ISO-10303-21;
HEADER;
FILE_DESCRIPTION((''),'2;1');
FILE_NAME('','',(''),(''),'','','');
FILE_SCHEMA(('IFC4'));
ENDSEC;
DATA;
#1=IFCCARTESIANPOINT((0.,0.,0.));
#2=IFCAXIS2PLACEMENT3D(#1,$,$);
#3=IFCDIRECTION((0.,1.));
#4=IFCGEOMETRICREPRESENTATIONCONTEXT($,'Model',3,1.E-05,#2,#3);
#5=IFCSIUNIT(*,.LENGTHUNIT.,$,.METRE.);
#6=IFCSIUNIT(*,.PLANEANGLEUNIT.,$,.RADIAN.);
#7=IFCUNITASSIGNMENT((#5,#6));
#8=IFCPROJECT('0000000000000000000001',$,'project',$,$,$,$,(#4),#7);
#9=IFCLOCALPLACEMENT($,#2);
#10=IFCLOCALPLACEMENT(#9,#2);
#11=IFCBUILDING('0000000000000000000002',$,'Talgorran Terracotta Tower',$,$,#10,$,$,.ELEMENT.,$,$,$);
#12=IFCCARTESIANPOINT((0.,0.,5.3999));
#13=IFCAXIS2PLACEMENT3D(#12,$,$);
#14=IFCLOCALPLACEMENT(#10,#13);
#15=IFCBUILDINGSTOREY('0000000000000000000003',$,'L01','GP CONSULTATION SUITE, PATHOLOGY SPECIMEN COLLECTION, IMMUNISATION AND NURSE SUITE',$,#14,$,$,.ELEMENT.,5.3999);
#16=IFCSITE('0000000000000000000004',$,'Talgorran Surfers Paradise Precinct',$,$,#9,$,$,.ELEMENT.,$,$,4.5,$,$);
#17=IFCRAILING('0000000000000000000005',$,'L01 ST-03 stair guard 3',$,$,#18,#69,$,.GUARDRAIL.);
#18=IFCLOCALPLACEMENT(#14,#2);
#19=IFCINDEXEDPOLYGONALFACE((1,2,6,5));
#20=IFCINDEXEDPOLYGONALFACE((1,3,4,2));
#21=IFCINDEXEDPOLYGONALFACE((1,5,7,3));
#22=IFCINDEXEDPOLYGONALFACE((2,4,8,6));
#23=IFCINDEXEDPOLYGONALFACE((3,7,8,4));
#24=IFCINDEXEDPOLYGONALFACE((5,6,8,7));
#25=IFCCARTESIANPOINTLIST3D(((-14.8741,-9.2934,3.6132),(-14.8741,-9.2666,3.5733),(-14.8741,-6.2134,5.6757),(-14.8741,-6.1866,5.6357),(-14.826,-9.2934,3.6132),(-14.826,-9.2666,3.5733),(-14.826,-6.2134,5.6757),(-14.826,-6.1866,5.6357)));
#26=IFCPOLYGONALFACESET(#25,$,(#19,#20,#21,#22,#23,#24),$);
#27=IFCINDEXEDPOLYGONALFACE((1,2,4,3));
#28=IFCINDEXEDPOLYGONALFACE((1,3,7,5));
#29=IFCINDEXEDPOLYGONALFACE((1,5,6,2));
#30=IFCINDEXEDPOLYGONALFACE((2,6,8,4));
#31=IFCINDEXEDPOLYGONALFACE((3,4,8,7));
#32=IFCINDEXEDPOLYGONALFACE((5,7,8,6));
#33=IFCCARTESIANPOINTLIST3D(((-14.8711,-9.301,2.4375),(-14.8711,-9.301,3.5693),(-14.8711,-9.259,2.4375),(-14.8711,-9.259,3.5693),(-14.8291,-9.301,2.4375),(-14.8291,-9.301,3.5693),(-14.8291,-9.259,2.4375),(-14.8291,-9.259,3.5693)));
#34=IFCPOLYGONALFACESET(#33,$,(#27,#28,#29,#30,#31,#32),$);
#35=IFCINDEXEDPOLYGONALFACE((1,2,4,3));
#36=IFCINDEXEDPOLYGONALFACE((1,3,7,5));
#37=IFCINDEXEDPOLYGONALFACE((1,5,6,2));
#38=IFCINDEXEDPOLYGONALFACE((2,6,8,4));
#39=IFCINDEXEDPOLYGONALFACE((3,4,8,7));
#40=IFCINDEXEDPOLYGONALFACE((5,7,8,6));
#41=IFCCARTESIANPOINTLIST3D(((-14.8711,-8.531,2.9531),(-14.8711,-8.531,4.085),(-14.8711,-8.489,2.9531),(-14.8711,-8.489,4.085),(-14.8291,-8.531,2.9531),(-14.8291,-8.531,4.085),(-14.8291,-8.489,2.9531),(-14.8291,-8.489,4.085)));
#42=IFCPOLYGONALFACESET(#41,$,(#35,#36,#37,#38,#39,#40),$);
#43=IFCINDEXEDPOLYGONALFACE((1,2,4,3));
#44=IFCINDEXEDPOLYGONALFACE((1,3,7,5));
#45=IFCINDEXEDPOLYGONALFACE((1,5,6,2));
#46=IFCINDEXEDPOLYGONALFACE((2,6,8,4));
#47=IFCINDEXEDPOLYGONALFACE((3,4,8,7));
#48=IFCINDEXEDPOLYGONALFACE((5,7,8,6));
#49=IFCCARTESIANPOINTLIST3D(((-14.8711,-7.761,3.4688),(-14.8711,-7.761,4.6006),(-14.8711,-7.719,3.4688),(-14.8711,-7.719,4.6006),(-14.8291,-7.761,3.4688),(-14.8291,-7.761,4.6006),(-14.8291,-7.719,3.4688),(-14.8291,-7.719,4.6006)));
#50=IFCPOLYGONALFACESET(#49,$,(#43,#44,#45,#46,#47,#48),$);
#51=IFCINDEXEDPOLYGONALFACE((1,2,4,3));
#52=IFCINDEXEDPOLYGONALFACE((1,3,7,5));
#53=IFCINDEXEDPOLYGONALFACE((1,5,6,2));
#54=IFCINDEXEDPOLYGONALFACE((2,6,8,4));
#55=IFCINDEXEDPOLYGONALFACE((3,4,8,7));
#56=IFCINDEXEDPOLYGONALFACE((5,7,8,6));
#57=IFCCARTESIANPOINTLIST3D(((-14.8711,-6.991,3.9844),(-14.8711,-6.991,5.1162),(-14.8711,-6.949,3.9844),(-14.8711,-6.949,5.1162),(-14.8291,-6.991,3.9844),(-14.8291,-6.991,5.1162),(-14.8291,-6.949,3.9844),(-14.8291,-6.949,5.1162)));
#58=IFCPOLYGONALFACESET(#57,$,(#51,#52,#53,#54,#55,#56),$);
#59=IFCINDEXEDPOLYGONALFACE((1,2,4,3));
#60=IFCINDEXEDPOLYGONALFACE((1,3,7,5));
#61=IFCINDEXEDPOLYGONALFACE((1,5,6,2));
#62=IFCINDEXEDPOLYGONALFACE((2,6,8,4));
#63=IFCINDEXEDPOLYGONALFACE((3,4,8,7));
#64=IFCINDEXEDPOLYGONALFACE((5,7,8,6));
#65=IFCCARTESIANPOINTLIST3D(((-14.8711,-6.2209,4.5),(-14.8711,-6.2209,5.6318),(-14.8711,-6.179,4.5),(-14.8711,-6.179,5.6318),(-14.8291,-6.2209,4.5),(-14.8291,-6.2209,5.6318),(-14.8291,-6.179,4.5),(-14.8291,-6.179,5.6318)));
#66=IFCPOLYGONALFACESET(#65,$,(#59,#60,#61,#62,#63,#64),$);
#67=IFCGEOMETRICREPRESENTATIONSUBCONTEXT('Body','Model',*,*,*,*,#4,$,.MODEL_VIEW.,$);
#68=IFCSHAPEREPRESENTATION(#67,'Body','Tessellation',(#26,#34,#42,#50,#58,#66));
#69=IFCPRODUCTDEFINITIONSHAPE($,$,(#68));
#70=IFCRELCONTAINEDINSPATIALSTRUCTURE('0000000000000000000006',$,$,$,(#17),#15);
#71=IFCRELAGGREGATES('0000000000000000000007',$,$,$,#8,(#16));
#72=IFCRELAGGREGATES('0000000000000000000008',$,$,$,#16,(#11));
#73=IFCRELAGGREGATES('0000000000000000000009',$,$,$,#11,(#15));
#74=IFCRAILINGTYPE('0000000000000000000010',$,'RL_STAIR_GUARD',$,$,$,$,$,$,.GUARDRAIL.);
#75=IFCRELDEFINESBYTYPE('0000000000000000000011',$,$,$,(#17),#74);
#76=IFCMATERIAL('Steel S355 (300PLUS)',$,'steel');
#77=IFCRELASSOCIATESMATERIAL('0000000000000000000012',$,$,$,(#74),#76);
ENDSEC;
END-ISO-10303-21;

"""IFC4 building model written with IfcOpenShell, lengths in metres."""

from ifc_helpers import new_model, si_unit, direction, frame, origin, origin_2d, place, context, subcontext, project, spatial, rectangle, extrude, material, type_object, element, save


model = new_model("IFC4")

# Units and contexts
model_context = context("Model", 3, precision=1e-05, world=origin(), true_north=direction((0.0, 1.0)))
body_context = subcontext(model_context, "Body", "Model", "MODEL_VIEW")
ifc_project = project(units=[si_unit("LENGTHUNIT", "METRE"), si_unit("PLANEANGLEUNIT", "RADIAN")], contexts=[model_context])

# Site, building, storey
site_placement = place(None, origin())
site = spatial("IfcSite", under=ifc_project, at=site_placement, Name="Talgorran Surfers Paradise Precinct", CompositionType="ELEMENT", RefElevation=4.5)
building_placement = place(site_placement, origin())
building = spatial("IfcBuilding", under=site, at=building_placement, Name="Talgorran Terracotta Tower", CompositionType="ELEMENT")
storey_placement = place(building_placement, frame((0.0, 0.0, 5.3999)))
storey = spatial("IfcBuildingStorey", under=building, at=storey_placement, Name="L01", Description="GP CONSULTATION SUITE, PATHOLOGY SPECIMEN COLLECTION, IMMUNISATION AND NURSE SUITE", CompositionType="ELEMENT", Elevation=5.3999)

# Shared definitions
ifc_material_1 = material(Name="Steel S355 (300PLUS)", Category="steel")

# Railing
railing_type_1 = type_object("IfcRailingType", Name="RL_STAIR_GUARD", PredefinedType="GUARDRAIL", material=ifc_material_1)
railing_1_placement = place(storey_placement, frame((-14.8501, -9.28, 2.4375)))
element("IfcRailing", 1, at=railing_1_placement, inside=storey, type_object=railing_type_1, Name="L01 ST-03 stair guard 3", PredefinedType="GUARDRAIL", context=body_context, shape_type="SweptSolid", body=[
    extrude(rectangle(XDim=0.0481, YDim=0.0481, at=origin_2d()), frame((0.0, 0.0, 1.1558), z_axis=(0.0, 0.830914, 0.556401), x_axis=(-1.0, 0.0, 0.0)), (0.0, 0.0, 1.0), 3.7068),
    extrude(rectangle(XDim=0.042, YDim=0.042, at=origin_2d()), origin(), (0.0, 0.0, 1.0), 1.1318),
    extrude(rectangle(XDim=0.042, YDim=0.042, at=origin_2d()), frame((0.0, 0.77, 0.5156)), (0.0, 0.0, 1.0), 1.1318),
    extrude(rectangle(XDim=0.042, YDim=0.042, at=origin_2d()), frame((0.0, 1.54, 1.0312)), (0.0, 0.0, 1.0), 1.1318),
    extrude(rectangle(XDim=0.042, YDim=0.042, at=origin_2d()), frame((0.0, 2.3101, 1.5469)), (0.0, 0.0, 1.0), 1.1318),
    extrude(rectangle(XDim=0.042, YDim=0.042, at=origin_2d()), frame((0.0, 3.0801, 2.0625)), (0.0, 0.0, 1.0), 1.1318),
])

save(model, "model.ifc")
